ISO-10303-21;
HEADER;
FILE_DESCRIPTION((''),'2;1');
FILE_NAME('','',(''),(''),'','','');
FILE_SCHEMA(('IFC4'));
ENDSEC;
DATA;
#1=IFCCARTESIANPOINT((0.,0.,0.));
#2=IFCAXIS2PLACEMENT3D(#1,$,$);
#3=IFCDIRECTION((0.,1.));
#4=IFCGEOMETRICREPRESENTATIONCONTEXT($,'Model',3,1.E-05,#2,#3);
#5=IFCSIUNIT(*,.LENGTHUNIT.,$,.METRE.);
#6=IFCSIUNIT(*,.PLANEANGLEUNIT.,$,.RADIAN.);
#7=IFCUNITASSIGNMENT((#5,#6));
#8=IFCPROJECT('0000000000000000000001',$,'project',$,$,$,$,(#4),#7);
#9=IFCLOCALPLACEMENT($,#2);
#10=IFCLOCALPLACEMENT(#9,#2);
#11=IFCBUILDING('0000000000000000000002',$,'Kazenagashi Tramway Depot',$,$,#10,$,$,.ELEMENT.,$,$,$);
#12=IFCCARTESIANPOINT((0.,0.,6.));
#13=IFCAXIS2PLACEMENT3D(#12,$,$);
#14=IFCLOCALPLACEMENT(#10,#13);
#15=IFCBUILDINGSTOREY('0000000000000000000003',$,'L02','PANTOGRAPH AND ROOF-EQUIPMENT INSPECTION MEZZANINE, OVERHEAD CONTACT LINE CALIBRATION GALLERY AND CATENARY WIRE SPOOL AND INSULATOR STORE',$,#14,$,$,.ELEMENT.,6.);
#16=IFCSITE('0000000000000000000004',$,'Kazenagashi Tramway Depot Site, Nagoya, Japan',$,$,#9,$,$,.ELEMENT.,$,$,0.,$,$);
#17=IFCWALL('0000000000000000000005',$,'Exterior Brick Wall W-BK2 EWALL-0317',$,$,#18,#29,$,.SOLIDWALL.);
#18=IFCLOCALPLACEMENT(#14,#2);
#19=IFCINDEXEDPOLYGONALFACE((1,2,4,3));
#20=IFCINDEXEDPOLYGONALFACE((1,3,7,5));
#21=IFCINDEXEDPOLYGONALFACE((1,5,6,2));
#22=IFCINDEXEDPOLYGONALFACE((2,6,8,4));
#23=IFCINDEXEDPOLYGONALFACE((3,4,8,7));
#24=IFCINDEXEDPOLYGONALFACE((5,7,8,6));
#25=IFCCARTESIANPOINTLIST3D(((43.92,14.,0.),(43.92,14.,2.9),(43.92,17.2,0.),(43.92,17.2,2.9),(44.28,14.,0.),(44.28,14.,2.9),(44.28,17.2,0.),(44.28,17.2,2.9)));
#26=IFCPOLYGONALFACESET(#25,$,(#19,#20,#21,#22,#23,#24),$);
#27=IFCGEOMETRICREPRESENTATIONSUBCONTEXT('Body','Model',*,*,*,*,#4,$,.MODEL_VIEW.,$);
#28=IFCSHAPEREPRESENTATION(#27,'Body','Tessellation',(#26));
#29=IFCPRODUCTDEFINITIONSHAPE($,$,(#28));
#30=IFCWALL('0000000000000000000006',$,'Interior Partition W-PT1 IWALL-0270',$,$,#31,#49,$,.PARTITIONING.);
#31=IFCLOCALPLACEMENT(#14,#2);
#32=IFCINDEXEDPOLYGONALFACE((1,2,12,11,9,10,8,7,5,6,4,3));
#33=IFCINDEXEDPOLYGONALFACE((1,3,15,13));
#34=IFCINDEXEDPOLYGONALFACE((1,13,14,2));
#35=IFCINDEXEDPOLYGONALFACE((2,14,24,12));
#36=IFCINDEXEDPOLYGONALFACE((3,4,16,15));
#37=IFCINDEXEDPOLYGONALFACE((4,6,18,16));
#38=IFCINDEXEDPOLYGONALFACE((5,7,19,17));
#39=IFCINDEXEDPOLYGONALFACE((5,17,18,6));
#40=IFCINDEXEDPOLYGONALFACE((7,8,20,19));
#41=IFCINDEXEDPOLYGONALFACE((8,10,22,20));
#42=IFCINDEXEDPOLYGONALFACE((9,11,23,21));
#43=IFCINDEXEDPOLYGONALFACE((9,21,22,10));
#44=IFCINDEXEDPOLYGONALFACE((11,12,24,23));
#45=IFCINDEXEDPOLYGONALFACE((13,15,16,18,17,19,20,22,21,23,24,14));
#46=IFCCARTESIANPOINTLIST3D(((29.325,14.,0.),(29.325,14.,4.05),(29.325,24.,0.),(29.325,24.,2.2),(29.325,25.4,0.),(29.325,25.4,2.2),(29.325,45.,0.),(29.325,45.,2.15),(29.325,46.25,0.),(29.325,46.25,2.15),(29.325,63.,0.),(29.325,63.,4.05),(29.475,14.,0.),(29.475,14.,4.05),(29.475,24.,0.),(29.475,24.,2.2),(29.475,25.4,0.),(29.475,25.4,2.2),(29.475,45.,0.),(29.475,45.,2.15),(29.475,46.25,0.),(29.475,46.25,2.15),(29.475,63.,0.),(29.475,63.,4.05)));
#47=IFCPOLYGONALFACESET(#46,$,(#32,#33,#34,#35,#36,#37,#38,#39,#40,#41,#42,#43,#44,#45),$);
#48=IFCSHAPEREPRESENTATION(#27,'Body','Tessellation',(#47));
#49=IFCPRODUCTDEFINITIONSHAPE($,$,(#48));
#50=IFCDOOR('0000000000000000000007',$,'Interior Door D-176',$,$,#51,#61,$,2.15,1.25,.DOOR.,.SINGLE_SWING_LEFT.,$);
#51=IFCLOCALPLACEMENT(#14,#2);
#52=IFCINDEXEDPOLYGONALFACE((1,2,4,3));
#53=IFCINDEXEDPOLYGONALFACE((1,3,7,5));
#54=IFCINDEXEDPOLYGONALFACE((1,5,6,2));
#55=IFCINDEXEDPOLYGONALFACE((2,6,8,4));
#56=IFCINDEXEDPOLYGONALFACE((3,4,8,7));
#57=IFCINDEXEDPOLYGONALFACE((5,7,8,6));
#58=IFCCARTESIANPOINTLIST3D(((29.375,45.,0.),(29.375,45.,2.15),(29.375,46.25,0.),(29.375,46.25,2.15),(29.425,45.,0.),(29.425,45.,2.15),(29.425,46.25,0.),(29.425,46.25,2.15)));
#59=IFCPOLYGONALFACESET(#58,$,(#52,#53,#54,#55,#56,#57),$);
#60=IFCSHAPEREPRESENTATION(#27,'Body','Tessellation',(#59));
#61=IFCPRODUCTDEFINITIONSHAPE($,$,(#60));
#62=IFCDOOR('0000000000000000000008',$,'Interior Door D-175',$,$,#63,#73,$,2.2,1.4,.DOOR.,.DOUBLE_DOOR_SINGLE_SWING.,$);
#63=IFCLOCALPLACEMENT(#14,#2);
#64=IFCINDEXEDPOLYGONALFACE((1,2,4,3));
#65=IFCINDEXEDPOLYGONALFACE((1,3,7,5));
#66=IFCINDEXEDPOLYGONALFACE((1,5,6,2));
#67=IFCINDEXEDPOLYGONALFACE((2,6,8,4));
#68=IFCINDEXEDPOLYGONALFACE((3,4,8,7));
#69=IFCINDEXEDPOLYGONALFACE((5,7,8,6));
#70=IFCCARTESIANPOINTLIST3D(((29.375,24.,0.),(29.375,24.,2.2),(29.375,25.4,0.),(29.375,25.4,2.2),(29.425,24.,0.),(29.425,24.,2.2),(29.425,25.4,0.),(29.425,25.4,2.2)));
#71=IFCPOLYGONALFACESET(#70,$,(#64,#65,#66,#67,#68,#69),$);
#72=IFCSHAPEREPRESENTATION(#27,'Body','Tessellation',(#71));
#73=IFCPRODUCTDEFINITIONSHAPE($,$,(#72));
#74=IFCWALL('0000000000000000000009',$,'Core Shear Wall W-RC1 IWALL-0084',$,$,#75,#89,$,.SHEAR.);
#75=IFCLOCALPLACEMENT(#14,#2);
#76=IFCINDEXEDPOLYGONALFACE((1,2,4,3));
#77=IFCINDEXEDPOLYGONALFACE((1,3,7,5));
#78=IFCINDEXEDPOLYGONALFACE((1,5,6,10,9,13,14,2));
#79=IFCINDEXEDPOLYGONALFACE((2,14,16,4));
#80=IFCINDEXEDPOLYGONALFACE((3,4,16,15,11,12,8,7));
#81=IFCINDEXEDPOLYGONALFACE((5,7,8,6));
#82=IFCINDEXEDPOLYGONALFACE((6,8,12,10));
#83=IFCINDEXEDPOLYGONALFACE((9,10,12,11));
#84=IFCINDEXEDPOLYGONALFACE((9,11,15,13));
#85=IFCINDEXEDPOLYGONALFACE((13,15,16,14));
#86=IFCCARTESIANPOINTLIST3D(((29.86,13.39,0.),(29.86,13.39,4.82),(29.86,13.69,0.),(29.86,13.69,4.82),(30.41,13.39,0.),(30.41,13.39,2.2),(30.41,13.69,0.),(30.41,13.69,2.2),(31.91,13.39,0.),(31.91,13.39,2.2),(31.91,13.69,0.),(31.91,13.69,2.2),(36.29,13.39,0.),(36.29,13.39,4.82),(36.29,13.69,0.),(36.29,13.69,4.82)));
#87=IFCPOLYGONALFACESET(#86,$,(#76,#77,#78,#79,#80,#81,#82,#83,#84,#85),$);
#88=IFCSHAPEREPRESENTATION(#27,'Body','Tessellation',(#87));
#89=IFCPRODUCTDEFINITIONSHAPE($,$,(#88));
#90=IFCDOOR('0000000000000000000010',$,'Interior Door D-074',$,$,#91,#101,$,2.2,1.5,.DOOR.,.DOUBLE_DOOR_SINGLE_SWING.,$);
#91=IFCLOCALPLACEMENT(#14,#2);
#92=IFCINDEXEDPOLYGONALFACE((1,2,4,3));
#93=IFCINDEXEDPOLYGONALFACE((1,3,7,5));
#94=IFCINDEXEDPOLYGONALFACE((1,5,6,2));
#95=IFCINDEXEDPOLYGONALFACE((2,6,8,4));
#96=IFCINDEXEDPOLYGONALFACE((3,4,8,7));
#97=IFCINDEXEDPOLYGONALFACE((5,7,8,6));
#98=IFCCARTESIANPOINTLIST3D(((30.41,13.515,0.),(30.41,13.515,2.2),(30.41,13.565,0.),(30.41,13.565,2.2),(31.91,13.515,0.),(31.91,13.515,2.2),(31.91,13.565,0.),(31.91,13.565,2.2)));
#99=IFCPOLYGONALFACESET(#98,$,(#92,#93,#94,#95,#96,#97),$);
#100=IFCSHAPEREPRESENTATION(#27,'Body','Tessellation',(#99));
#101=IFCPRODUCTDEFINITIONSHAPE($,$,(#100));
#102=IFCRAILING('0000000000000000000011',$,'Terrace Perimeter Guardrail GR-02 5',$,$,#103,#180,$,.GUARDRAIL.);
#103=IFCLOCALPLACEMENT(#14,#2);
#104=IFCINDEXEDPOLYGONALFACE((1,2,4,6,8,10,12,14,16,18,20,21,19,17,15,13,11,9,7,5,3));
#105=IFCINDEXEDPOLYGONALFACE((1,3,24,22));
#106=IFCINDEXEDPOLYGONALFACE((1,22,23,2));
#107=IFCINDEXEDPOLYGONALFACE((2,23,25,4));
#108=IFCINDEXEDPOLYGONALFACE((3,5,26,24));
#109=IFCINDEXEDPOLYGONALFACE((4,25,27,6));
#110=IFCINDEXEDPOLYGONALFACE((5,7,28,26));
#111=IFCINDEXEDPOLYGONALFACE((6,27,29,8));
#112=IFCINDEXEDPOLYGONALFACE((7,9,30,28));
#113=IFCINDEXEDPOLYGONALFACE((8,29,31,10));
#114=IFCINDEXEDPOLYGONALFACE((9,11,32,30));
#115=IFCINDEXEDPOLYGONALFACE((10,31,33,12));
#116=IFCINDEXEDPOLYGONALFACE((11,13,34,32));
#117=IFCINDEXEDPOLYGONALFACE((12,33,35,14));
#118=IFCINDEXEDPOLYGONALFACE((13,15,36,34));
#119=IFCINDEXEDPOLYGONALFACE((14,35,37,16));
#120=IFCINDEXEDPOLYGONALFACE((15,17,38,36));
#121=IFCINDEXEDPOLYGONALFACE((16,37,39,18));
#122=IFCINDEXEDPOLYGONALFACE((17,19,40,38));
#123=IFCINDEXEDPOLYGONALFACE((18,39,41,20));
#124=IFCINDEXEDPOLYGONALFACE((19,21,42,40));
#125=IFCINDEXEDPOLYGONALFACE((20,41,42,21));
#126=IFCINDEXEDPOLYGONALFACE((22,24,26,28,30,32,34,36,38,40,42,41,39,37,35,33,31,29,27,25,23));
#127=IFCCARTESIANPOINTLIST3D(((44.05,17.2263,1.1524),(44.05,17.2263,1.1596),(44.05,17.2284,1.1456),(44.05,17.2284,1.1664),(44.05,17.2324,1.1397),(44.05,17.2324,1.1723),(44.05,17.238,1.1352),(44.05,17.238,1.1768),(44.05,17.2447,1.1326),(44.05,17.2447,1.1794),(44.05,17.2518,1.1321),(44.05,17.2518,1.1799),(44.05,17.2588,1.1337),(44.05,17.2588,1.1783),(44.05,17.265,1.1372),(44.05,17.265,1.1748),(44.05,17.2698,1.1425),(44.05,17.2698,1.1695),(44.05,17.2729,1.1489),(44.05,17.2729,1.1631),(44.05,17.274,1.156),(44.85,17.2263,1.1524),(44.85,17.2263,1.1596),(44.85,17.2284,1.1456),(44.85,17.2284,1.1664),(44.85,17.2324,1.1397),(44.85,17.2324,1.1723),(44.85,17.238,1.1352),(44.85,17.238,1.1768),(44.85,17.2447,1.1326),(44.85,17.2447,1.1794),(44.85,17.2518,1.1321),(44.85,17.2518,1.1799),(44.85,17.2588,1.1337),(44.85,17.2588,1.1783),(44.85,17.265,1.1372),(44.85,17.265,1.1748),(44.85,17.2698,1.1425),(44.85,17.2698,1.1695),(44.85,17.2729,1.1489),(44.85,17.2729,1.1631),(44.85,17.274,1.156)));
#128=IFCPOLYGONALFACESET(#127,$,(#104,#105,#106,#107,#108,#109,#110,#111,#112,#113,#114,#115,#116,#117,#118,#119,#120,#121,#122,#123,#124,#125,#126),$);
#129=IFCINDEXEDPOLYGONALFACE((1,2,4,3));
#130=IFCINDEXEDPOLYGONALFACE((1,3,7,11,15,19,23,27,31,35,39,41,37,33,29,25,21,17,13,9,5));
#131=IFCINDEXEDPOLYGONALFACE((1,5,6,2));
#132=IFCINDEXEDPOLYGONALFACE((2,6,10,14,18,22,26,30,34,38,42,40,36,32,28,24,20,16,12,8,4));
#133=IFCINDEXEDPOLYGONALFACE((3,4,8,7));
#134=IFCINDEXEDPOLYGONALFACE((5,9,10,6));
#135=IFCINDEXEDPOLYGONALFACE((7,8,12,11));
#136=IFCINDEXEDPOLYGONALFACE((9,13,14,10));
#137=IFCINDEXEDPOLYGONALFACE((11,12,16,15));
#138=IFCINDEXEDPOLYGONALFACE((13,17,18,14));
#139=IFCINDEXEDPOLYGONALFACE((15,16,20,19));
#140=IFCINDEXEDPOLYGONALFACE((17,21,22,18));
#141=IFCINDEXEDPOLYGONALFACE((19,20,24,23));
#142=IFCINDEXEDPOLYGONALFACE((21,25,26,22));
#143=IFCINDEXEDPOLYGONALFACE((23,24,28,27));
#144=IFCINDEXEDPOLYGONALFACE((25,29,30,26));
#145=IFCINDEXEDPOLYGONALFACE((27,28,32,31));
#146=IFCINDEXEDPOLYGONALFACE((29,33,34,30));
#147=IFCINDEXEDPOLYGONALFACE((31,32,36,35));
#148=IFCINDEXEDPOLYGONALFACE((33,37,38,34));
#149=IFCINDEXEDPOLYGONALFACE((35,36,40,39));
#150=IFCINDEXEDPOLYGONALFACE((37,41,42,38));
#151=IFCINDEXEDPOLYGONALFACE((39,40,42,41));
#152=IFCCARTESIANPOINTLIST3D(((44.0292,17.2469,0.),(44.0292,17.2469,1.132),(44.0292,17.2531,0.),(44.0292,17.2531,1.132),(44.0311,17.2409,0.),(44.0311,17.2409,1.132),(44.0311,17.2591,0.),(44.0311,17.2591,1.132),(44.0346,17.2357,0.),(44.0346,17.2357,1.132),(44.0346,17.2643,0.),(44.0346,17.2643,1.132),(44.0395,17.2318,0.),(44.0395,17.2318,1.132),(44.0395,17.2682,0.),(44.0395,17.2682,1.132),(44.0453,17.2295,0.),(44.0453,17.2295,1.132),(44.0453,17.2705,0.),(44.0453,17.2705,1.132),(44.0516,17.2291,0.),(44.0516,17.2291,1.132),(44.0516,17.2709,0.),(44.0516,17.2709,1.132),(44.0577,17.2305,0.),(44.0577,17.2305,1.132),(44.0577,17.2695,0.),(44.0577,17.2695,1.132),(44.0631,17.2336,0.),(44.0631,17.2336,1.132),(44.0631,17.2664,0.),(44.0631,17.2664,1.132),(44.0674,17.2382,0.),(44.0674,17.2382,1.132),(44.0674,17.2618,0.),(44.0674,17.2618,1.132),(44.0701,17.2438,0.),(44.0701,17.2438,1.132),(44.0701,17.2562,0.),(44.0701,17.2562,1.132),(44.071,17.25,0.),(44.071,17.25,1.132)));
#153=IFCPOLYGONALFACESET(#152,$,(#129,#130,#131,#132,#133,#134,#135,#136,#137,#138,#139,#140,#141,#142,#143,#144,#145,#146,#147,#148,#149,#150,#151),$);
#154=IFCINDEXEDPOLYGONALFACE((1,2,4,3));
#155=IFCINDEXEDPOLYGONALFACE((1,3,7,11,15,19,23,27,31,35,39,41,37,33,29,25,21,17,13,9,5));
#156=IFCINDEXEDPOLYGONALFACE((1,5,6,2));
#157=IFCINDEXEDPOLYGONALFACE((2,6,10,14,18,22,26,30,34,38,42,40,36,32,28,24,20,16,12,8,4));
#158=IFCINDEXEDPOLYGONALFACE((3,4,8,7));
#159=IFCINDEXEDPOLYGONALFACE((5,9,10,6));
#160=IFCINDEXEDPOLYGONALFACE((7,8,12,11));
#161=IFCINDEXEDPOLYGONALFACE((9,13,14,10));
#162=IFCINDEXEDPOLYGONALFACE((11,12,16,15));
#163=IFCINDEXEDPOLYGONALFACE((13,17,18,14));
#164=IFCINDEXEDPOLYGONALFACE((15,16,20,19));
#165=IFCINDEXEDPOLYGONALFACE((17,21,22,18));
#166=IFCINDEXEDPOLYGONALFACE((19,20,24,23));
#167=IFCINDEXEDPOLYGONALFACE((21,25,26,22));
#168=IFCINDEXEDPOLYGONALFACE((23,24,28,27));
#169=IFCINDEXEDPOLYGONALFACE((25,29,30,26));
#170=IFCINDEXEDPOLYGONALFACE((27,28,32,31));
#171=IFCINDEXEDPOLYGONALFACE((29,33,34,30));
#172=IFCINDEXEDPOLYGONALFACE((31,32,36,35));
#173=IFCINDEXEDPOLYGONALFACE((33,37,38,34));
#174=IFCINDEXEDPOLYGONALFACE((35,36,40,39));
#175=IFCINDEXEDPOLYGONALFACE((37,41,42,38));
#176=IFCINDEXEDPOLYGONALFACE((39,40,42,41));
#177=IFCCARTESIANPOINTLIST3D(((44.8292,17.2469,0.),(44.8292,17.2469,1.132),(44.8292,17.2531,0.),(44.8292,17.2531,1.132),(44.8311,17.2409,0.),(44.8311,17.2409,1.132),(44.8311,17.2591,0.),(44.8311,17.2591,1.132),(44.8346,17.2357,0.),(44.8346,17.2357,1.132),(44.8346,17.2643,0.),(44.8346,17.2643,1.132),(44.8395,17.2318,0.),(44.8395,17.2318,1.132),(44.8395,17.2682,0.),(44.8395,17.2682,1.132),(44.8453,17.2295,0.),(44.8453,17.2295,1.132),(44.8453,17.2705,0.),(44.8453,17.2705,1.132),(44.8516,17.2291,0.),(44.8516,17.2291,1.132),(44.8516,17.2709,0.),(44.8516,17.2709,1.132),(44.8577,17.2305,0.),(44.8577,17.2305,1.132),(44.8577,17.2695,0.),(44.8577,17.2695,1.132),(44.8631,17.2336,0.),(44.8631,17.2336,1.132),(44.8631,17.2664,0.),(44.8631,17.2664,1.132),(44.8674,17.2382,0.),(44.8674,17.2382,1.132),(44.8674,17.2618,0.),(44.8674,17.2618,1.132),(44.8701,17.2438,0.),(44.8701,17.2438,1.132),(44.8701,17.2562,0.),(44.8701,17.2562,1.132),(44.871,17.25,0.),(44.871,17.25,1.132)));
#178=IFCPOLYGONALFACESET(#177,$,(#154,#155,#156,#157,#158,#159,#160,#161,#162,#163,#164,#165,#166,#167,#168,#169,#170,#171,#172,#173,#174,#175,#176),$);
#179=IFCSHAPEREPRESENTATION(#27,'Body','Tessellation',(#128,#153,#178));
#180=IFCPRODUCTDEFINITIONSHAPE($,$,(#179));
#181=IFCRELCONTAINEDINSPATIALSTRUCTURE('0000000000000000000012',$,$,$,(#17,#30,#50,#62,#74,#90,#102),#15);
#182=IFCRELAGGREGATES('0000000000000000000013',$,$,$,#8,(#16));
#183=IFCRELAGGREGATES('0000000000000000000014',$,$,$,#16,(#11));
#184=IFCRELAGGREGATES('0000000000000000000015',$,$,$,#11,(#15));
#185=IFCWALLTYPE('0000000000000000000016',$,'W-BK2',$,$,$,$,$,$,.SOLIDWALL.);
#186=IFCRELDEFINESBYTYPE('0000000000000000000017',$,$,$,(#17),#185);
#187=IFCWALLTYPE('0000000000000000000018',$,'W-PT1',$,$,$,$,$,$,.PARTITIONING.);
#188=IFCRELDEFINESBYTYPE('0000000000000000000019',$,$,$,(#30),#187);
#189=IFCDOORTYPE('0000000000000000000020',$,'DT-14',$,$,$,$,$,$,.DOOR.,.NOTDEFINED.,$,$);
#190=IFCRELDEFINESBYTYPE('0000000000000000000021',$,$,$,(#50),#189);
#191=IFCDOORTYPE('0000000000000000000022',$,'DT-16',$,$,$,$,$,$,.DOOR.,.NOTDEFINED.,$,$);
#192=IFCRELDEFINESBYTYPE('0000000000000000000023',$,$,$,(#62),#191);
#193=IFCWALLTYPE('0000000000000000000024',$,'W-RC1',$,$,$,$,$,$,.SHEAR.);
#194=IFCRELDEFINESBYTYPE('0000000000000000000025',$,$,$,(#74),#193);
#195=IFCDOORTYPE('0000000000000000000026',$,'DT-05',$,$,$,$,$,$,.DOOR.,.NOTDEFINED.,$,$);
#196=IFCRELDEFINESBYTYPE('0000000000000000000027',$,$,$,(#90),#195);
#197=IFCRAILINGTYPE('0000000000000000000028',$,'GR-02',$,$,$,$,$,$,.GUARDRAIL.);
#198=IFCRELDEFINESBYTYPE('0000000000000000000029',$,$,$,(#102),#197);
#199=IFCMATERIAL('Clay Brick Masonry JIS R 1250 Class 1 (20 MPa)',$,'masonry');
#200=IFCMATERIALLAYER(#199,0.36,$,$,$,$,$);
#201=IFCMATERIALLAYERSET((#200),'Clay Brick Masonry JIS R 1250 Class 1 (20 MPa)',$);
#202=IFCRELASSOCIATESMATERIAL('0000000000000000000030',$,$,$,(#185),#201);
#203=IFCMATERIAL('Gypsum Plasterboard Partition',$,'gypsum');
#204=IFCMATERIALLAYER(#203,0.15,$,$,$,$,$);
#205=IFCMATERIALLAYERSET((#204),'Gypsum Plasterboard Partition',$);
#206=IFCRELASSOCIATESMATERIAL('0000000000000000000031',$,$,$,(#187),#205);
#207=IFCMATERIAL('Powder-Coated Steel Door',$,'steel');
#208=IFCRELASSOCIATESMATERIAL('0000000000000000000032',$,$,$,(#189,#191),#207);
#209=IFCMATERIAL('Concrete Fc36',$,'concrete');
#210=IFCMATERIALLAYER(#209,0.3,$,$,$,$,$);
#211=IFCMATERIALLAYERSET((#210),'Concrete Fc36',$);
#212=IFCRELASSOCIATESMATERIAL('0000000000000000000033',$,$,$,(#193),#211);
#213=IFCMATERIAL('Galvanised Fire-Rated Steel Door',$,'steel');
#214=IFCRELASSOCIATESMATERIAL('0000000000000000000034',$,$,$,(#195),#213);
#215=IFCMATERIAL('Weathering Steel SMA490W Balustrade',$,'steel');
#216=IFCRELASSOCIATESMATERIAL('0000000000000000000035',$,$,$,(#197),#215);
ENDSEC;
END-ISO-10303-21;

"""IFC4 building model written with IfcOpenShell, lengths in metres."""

from ifc_helpers import new_model, si_unit, direction, frame, frame_2d, origin, origin_2d, place, context, subcontext, project, spatial, rectangle, circle, extrude, material, layer, layer_set, type_object, element, fill, save


model = new_model("IFC4")

# Units and contexts
model_context = context("Model", 3, precision=1e-05, world=origin(), true_north=direction((0.0, 1.0)))
body_context = subcontext(model_context, "Body", "Model", "MODEL_VIEW")
ifc_project = project(units=[si_unit("LENGTHUNIT", "METRE"), si_unit("PLANEANGLEUNIT", "RADIAN")], contexts=[model_context])

# Site, building, storey
site_placement = place(None, origin())
site = spatial("IfcSite", under=ifc_project, at=site_placement, Name="Kazenagashi Tramway Depot Site, Nagoya, Japan", CompositionType="ELEMENT", RefElevation=0.0)
building_placement = place(site_placement, origin())
building = spatial("IfcBuilding", under=site, at=building_placement, Name="Kazenagashi Tramway Depot", CompositionType="ELEMENT")
storey_placement = place(building_placement, frame((0.0, 0.0, 6.0)))
storey = spatial("IfcBuildingStorey", under=building, at=storey_placement, Name="L02", Description="PANTOGRAPH AND ROOF-EQUIPMENT INSPECTION MEZZANINE, OVERHEAD CONTACT LINE CALIBRATION GALLERY AND CATENARY WIRE SPOOL AND INSULATOR STORE", CompositionType="ELEMENT", Elevation=6.0)

# Wall
ifc_material_1 = material(Name="Clay Brick Masonry JIS R 1250 Class 1 (20 MPa)", Category="masonry")
ifc_layer_1 = layer(ifc_material_1, 0.36)
ifc_layer_set_1 = layer_set([ifc_layer_1], Name="Clay Brick Masonry JIS R 1250 Class 1 (20 MPa)")
wall_type_1 = type_object("IfcWallType", Name="W-BK2", PredefinedType="SOLIDWALL", material=ifc_layer_set_1)
wall_1_placement = place(storey_placement, frame((44.1, 14.0, 0.0), z_axis=(0.0, 0.0, 1.0), x_axis=(0.0, 1.0, 0.0)))
element("IfcWall", 1, at=wall_1_placement, inside=storey, type_object=wall_type_1, Name="Exterior Brick Wall W-BK2 EWALL-0317", PredefinedType="SOLIDWALL", context=body_context, shape_type="SweptSolid", body=[
    extrude(rectangle(XDim=3.2, YDim=0.36, at=frame_2d((1.6, 0.0))), origin(), (0.0, 0.0, 1.0), 2.9),
])

# Wall, openings, doors
ifc_material_2 = material(Name="Gypsum Plasterboard Partition", Category="gypsum")
ifc_layer_2 = layer(ifc_material_2, 0.15)
ifc_layer_set_2 = layer_set([ifc_layer_2], Name="Gypsum Plasterboard Partition")
wall_type_2 = type_object("IfcWallType", Name="W-PT1", PredefinedType="PARTITIONING", material=ifc_layer_set_2)
wall_2_placement = place(storey_placement, frame((29.4, 14.0, 0.0), z_axis=(0.0, 0.0, 1.0), x_axis=(0.0, 1.0, 0.0)))
wall_2 = element("IfcWall", 2, at=wall_2_placement, inside=storey, type_object=wall_type_2, Name="Interior Partition W-PT1 IWALL-0270", PredefinedType="PARTITIONING", context=body_context, shape_type="SweptSolid", body=[
    extrude(rectangle(XDim=49.0, YDim=0.15, at=frame_2d((24.5, 0.0))), origin(), (0.0, 0.0, 1.0), 4.05),
])
opening_1_placement = place(wall_2_placement, frame((10.0, 0.0, 0.0)))
opening_1 = element("IfcOpeningElement", 3, at=opening_1_placement, cuts=wall_2, PredefinedType="OPENING", context=body_context, shape_type="SweptSolid", body=[
    extrude(rectangle(XDim=1.4, YDim=2.2, at=frame_2d((0.7, 1.1))), frame((0.0, 0.085, 0.0), z_axis=(0.0, -1.0, 0.0), x_axis=(1.0, 0.0, 0.0)), (0.0, 0.0, 1.0), 0.17),
])
opening_2_placement = place(wall_2_placement, frame((31.0, 0.0, 0.0)))
opening_2 = element("IfcOpeningElement", 4, at=opening_2_placement, cuts=wall_2, PredefinedType="OPENING", context=body_context, shape_type="SweptSolid", body=[
    extrude(rectangle(XDim=1.25, YDim=2.15, at=frame_2d((0.625, 1.075))), frame((0.0, 0.085, 0.0), z_axis=(0.0, -1.0, 0.0), x_axis=(1.0, 0.0, 0.0)), (0.0, 0.0, 1.0), 0.17),
])
ifc_material_3 = material(Name="Powder-Coated Steel Door", Category="steel")
door_type_1 = type_object("IfcDoorType", Name="DT-14", OperationType="NOTDEFINED", PredefinedType="DOOR", material=ifc_material_3)
door_1_placement = place(opening_2_placement, origin())
door_1 = element("IfcDoor", 5, at=door_1_placement, inside=storey, type_object=door_type_1, Name="Interior Door D-176", OperationType="SINGLE_SWING_LEFT", OverallHeight=2.15, OverallWidth=1.25, PredefinedType="DOOR", context=body_context, shape_type="SweptSolid", body=[
    extrude(rectangle(XDim=1.25, YDim=2.15, at=frame_2d((0.625, 1.075))), frame((0.0, 0.025, 0.0), z_axis=(0.0, -1.0, 0.0), x_axis=(1.0, 0.0, 0.0)), (0.0, 0.0, 1.0), 0.05),
])
fill(opening_2, door_1)
door_type_2 = type_object("IfcDoorType", Name="DT-16", OperationType="NOTDEFINED", PredefinedType="DOOR", material=ifc_material_3)
door_2_placement = place(opening_1_placement, origin())
door_2 = element("IfcDoor", 6, at=door_2_placement, inside=storey, type_object=door_type_2, Name="Interior Door D-175", OperationType="DOUBLE_DOOR_SINGLE_SWING", OverallHeight=2.2, OverallWidth=1.4, PredefinedType="DOOR", context=body_context, shape_type="SweptSolid", body=[
    extrude(rectangle(XDim=1.4, YDim=2.2, at=frame_2d((0.7, 1.1))), frame((0.0, 0.025, 0.0), z_axis=(0.0, -1.0, 0.0), x_axis=(1.0, 0.0, 0.0)), (0.0, 0.0, 1.0), 0.05),
])
fill(opening_1, door_2)

# Wall, opening, door
ifc_material_4 = material(Name="Concrete Fc36", Category="concrete")
ifc_layer_3 = layer(ifc_material_4, 0.3)
ifc_layer_set_3 = layer_set([ifc_layer_3], Name="Concrete Fc36")
wall_type_3 = type_object("IfcWallType", Name="W-RC1", PredefinedType="SHEAR", material=ifc_layer_set_3)
wall_3_placement = place(storey_placement, frame((29.86, 13.54, 0.0), z_axis=(0.0, 0.0, 1.0), x_axis=(1.0, 0.0, 0.0)))
wall_3 = element("IfcWall", 7, at=wall_3_placement, inside=storey, type_object=wall_type_3, Name="Core Shear Wall W-RC1 IWALL-0084", PredefinedType="SHEAR", context=body_context, shape_type="SweptSolid", body=[
    extrude(rectangle(XDim=6.43, YDim=0.3, at=frame_2d((3.215, 0.0))), origin(), (0.0, 0.0, 1.0), 4.82),
])
opening_3_placement = place(wall_3_placement, frame((0.55, 0.0, 0.0)))
opening_3 = element("IfcOpeningElement", 8, at=opening_3_placement, cuts=wall_3, PredefinedType="OPENING", context=body_context, shape_type="SweptSolid", body=[
    extrude(rectangle(XDim=1.5, YDim=2.2, at=frame_2d((0.75, 1.1))), frame((0.0, 0.16, 0.0), z_axis=(0.0, -1.0, 0.0), x_axis=(1.0, 0.0, 0.0)), (0.0, 0.0, 1.0), 0.32),
])
ifc_material_5 = material(Name="Galvanised Fire-Rated Steel Door", Category="steel")
door_type_3 = type_object("IfcDoorType", Name="DT-05", OperationType="NOTDEFINED", PredefinedType="DOOR", material=ifc_material_5)
door_3_placement = place(opening_3_placement, origin())
door_3 = element("IfcDoor", 9, at=door_3_placement, inside=storey, type_object=door_type_3, Name="Interior Door D-074", OperationType="DOUBLE_DOOR_SINGLE_SWING", OverallHeight=2.2, OverallWidth=1.5, PredefinedType="DOOR", context=body_context, shape_type="SweptSolid", body=[
    extrude(rectangle(XDim=1.5, YDim=2.2, at=frame_2d((0.75, 1.1))), frame((0.0, 0.025, 0.0), z_axis=(0.0, -1.0, 0.0), x_axis=(1.0, 0.0, 0.0)), (0.0, 0.0, 1.0), 0.05),
])
fill(opening_3, door_3)

# Railing
ifc_material_6 = material(Name="Weathering Steel SMA490W Balustrade", Category="steel")
railing_type = type_object("IfcRailingType", Name="GR-02", PredefinedType="GUARDRAIL", material=ifc_material_6)
for number, where, name in (
    (10, (44.05, 17.25, 0.0), "Terrace Perimeter Guardrail GR-02 5"),
):
    element("IfcRailing", number, at=place(storey_placement, frame(where)), inside=storey, type_object=railing_type, Name=name, PredefinedType="GUARDRAIL", context=body_context, shape_type="SweptSolid", body=[
        extrude(circle(Radius=0.024, at=origin_2d()), frame((0.0, 0.0, 1.156), z_axis=(1.0, 0.0, 0.0), x_axis=(0.0, 1.0, 0.0)), (0.0, 0.0, 1.0), 0.8),
        extrude(circle(Radius=0.021, at=origin_2d()), origin(), (0.0, 0.0, 1.0), 1.132),
        extrude(circle(Radius=0.021, at=origin_2d()), frame((0.8, 0.0, 0.0)), (0.0, 0.0, 1.0), 1.132),
    ])

save(model, "model.ifc")
